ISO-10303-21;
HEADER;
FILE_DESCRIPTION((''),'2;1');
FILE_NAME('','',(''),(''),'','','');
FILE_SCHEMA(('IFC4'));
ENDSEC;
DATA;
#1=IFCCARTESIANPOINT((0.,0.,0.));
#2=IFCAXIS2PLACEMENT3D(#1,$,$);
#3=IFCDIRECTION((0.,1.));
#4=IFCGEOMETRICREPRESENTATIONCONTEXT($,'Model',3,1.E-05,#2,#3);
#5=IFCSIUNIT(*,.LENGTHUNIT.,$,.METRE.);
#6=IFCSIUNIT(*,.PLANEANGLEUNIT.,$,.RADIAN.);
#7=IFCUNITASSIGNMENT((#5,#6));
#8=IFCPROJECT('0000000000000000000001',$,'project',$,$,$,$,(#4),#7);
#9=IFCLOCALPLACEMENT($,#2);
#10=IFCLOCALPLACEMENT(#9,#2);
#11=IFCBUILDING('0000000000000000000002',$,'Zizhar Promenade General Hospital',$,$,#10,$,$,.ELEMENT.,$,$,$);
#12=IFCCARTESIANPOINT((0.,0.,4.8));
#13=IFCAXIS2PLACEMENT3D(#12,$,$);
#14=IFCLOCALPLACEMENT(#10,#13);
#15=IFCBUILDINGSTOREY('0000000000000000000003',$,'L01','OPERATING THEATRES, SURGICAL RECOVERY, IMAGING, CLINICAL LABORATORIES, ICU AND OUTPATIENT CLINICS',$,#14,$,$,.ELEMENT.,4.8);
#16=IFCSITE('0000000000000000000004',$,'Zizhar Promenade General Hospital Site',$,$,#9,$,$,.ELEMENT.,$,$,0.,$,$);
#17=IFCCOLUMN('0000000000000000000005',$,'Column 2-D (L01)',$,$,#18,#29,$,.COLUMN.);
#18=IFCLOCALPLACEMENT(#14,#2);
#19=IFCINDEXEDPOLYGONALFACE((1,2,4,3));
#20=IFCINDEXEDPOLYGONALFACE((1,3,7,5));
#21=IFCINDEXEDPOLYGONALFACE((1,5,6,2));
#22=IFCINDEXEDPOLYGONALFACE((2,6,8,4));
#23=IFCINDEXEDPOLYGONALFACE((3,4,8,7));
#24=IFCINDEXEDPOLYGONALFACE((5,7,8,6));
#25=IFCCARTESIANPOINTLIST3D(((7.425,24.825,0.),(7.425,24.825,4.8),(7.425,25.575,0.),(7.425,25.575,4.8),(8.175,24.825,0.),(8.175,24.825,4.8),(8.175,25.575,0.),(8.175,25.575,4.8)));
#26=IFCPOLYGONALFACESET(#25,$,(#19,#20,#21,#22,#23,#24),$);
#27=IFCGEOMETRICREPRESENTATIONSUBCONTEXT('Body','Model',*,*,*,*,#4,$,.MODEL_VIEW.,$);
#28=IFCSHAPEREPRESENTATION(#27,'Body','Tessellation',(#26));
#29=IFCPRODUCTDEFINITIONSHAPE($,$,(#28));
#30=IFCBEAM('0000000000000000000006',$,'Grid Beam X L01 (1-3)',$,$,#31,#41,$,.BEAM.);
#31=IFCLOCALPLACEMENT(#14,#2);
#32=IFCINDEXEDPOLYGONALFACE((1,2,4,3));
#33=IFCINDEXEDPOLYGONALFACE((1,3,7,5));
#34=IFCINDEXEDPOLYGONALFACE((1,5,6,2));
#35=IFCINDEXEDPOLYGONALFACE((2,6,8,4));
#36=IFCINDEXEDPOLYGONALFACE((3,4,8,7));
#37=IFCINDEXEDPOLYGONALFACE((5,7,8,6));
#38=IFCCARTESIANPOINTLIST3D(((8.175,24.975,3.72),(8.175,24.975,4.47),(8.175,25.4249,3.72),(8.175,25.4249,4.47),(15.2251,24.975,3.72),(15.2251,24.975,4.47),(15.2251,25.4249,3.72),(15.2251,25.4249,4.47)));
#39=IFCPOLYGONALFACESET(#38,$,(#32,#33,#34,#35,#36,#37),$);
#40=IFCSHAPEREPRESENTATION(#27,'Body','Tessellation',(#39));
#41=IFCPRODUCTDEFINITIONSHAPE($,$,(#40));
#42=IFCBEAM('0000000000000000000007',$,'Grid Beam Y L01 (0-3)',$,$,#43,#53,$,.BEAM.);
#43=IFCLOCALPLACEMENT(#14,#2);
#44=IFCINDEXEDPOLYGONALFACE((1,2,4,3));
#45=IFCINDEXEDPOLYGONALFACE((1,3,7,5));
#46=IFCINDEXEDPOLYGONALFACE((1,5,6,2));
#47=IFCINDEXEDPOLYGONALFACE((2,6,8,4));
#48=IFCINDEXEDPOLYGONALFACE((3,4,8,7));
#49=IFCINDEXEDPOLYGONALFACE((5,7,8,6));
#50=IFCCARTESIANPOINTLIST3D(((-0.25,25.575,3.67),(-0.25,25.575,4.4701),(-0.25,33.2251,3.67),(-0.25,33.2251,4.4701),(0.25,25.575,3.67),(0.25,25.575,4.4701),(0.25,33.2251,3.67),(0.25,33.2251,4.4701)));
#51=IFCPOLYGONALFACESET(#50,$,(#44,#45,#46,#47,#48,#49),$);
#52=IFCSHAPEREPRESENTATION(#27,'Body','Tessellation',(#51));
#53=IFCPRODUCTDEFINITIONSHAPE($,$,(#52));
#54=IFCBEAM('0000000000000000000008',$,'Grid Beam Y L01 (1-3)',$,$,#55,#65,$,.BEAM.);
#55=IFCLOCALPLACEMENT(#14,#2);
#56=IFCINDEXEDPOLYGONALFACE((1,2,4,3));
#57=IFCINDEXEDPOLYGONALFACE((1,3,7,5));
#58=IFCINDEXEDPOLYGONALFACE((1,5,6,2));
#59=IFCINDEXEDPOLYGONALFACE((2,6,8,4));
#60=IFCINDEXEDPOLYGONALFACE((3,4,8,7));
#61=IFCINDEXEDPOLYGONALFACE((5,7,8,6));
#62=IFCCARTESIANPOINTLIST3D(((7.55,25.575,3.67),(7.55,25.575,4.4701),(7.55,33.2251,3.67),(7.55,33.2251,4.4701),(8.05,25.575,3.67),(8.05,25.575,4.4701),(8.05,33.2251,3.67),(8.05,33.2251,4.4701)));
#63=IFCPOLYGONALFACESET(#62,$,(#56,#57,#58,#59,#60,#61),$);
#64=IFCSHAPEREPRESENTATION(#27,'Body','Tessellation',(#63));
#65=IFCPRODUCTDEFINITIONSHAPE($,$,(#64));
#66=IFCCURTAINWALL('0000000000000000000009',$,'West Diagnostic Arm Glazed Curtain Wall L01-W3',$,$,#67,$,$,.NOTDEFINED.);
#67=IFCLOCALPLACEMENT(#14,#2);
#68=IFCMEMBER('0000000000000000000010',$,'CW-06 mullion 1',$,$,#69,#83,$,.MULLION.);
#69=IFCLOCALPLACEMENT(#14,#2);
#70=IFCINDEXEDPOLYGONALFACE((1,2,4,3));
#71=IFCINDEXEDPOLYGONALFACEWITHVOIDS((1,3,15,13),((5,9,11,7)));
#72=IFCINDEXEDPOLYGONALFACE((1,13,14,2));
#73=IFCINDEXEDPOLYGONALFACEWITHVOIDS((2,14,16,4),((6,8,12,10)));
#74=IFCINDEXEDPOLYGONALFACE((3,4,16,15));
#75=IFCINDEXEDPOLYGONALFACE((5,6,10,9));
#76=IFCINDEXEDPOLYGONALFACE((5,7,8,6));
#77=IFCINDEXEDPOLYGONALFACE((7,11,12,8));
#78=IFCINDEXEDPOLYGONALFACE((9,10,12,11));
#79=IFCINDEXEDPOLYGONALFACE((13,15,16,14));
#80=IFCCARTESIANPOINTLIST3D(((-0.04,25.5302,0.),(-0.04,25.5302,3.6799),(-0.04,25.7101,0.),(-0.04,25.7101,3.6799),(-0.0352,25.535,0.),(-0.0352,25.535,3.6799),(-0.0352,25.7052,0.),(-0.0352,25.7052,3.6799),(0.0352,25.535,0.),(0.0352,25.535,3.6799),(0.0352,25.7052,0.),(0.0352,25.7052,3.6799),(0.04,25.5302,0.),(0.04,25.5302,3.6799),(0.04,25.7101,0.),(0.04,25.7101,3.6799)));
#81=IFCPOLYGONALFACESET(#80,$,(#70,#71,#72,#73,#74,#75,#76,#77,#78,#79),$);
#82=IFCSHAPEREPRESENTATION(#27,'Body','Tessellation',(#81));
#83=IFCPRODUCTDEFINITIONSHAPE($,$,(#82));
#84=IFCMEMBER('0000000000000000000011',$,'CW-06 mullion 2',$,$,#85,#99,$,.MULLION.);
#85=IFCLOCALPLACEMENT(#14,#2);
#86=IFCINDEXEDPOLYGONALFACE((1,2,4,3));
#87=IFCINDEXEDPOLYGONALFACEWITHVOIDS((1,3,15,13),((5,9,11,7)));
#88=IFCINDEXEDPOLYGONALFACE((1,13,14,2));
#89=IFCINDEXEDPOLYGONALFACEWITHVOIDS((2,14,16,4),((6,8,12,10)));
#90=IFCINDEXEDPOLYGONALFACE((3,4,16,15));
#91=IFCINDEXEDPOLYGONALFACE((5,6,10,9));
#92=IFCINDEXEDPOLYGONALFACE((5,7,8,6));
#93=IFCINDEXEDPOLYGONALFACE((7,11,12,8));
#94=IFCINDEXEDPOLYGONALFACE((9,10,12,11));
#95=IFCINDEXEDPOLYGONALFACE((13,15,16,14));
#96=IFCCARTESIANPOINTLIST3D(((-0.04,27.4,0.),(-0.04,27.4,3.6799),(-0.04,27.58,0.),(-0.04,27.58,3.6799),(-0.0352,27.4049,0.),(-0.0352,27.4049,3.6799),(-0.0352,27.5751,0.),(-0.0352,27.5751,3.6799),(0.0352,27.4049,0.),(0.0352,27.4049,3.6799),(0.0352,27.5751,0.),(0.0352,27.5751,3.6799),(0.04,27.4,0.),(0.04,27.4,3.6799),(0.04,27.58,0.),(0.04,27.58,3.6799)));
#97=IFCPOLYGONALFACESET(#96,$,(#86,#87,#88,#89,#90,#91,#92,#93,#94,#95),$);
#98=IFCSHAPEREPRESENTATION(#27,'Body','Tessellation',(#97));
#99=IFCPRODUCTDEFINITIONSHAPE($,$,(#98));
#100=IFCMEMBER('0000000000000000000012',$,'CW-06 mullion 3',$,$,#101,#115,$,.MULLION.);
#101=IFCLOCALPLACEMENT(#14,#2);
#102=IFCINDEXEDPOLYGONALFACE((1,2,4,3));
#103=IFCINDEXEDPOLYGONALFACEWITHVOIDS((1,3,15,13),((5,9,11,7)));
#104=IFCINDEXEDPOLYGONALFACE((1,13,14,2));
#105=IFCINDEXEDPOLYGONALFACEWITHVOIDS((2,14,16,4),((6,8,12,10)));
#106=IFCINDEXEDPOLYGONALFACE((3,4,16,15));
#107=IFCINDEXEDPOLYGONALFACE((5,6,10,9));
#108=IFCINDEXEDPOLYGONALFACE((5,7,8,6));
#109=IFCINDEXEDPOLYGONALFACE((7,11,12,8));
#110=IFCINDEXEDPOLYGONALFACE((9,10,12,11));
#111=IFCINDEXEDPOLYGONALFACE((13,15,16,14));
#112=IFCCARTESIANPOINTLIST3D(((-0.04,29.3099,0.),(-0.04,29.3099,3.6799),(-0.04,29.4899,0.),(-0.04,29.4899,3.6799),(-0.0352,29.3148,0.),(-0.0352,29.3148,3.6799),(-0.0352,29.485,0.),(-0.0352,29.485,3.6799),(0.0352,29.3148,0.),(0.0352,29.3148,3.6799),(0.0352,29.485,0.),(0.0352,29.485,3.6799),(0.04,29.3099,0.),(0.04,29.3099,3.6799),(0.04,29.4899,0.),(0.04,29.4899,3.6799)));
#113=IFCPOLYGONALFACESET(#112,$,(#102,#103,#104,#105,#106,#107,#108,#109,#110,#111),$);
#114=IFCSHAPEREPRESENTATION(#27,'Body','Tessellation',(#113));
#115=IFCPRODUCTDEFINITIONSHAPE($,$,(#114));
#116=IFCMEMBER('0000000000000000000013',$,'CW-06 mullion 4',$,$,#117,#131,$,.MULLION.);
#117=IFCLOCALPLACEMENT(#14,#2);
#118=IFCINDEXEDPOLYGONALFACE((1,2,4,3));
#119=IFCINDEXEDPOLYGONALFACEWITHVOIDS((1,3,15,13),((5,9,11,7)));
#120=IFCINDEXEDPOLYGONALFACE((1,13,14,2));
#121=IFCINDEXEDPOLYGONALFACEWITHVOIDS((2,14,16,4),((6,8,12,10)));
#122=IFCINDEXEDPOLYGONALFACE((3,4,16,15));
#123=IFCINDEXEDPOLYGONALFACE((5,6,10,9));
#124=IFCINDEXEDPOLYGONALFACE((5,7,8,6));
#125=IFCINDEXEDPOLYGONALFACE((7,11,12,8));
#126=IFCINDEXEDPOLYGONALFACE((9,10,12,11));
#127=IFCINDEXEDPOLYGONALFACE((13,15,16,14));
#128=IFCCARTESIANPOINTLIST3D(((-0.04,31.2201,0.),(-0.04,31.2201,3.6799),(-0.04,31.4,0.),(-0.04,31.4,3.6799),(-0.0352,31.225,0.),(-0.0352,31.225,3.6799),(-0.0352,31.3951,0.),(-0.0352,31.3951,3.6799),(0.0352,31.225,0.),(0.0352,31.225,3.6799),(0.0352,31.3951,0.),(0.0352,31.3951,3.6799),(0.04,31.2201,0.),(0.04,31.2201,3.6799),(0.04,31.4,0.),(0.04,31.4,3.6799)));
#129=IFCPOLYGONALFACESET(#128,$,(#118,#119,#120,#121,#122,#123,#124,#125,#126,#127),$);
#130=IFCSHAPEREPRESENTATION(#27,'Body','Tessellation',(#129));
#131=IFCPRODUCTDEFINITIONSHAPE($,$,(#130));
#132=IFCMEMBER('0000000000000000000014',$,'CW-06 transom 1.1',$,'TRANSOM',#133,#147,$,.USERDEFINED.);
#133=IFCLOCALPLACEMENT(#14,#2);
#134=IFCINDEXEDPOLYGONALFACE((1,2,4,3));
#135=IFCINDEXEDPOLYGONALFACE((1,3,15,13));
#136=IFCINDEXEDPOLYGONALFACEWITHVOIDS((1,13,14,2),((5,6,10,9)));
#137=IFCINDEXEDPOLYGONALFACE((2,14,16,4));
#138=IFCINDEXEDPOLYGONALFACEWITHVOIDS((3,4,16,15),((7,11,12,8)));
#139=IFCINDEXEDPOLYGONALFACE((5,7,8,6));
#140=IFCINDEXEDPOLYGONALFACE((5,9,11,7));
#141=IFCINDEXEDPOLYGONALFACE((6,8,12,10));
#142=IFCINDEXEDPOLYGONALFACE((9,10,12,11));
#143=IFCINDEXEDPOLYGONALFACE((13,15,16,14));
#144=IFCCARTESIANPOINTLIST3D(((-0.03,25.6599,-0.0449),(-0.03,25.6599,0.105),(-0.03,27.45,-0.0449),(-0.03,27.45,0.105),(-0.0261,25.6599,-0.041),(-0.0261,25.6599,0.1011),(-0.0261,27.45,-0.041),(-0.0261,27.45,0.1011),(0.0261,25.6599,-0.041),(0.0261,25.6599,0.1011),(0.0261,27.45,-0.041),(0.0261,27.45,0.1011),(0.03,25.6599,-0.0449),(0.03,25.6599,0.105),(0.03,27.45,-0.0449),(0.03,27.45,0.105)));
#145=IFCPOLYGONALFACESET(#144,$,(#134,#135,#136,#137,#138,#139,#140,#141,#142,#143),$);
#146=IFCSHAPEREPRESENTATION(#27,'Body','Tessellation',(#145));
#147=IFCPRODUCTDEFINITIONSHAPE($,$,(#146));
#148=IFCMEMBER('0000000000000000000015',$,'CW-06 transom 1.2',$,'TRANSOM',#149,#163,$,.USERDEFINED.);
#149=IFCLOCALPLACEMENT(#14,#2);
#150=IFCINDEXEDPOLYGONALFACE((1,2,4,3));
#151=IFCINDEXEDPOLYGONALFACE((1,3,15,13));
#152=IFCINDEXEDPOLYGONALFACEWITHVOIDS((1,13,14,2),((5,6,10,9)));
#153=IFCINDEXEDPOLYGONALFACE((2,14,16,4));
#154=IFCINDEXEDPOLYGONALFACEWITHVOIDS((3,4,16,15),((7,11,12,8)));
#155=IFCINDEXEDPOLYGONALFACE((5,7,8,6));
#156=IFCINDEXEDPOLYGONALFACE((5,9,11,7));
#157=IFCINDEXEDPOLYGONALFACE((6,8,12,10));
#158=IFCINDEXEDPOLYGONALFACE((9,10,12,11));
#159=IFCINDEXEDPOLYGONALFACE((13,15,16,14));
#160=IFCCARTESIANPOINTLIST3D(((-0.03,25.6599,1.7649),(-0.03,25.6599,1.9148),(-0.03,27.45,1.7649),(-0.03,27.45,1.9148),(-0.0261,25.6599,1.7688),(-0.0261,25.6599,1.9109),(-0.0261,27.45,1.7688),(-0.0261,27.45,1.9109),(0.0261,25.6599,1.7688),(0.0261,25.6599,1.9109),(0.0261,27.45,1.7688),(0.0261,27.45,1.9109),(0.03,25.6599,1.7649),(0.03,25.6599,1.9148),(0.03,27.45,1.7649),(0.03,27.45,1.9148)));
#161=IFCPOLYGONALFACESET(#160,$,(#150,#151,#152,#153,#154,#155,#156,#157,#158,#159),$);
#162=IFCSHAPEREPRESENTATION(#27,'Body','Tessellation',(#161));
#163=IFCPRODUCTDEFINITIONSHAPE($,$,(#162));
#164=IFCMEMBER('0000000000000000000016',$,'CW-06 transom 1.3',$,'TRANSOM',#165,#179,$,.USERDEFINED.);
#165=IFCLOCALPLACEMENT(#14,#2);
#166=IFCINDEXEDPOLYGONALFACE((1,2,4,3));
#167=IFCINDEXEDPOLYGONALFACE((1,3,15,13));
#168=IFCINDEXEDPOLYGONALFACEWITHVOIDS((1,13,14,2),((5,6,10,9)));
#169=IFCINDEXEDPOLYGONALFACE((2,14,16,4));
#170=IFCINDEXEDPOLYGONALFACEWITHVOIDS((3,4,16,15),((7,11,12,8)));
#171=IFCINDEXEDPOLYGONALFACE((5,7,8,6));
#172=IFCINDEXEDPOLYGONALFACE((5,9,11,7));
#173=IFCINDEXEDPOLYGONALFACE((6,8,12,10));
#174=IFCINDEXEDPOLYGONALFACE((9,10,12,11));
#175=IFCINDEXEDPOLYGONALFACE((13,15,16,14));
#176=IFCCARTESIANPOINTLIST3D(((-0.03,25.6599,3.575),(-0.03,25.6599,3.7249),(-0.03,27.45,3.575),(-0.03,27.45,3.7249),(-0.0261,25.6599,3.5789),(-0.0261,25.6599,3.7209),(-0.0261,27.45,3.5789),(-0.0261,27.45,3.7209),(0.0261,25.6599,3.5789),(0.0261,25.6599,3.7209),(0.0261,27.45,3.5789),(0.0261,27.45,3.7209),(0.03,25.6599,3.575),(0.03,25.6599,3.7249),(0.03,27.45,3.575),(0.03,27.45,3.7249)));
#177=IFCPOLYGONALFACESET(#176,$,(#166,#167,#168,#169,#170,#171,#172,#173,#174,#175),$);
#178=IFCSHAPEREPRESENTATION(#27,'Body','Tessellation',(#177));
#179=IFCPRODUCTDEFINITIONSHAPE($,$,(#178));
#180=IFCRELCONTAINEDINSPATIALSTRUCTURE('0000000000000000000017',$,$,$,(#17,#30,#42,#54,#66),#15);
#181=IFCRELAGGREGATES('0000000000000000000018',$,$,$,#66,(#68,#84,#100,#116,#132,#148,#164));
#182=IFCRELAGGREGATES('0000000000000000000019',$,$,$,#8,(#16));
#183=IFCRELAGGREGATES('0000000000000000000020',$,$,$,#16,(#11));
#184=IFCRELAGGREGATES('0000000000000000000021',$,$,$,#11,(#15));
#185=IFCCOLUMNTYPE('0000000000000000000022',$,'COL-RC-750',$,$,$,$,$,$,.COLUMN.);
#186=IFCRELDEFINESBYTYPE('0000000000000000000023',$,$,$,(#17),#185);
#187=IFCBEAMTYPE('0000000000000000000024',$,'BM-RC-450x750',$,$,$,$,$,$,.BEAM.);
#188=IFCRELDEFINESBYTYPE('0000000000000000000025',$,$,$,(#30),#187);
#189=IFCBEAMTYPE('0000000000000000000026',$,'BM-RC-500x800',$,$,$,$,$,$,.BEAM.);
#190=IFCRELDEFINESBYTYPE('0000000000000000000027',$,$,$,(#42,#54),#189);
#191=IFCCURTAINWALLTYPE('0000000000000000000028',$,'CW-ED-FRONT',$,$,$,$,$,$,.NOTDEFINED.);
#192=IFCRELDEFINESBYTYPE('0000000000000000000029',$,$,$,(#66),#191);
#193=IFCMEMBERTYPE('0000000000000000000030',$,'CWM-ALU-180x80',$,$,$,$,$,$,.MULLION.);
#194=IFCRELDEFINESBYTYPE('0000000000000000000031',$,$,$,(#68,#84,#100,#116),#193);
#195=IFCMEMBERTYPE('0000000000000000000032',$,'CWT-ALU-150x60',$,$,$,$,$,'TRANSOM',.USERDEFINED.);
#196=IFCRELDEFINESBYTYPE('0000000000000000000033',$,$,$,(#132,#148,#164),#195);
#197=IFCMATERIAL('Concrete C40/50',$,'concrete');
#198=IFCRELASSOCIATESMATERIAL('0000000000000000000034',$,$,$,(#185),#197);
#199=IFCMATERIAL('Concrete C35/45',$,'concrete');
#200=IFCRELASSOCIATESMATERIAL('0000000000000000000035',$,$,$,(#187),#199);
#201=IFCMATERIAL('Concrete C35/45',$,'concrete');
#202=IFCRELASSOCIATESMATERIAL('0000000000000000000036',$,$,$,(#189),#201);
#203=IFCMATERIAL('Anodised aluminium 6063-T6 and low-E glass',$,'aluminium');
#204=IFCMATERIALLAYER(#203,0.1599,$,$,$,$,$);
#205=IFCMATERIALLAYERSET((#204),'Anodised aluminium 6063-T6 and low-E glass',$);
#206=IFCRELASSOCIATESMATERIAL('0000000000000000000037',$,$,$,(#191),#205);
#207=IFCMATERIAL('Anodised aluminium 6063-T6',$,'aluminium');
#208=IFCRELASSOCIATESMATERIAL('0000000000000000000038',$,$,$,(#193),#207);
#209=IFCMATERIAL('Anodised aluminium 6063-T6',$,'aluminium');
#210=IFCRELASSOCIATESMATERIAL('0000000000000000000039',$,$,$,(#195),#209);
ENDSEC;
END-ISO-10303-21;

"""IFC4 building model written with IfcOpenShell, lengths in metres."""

from ifc_helpers import new_model, si_unit, direction, frame, origin, origin_2d, place, context, subcontext, project, spatial, rectangle, hollow_rectangle, extrude, material, layer, layer_set, material_profile, profile_set, type_object, element, aggregate, save


model = new_model("IFC4")

# Units and contexts
model_context = context("Model", 3, precision=1e-05, world=origin(), true_north=direction((0.0, 1.0)))
body_context = subcontext(model_context, "Body", "Model", "MODEL_VIEW")
ifc_project = project(units=[si_unit("LENGTHUNIT", "METRE"), si_unit("PLANEANGLEUNIT", "RADIAN")], contexts=[model_context])

# Site, building, storey
site_placement = place(None, origin())
site = spatial("IfcSite", under=ifc_project, at=site_placement, Name="Zizhar Promenade General Hospital Site", CompositionType="ELEMENT", RefElevation=0.0)
building_placement = place(site_placement, origin())
building = spatial("IfcBuilding", under=site, at=building_placement, Name="Zizhar Promenade General Hospital", CompositionType="ELEMENT")
storey_placement = place(building_placement, frame((0.0, 0.0, 4.8)))
storey = spatial("IfcBuildingStorey", under=building, at=storey_placement, Name="L01", Description="OPERATING THEATRES, SURGICAL RECOVERY, IMAGING, CLINICAL LABORATORIES, ICU AND OUTPATIENT CLINICS", CompositionType="ELEMENT", Elevation=4.8)

# Column
ifc_material_1 = material(Name="Concrete C40/50", Category="concrete")
ifc_material_profile_1 = material_profile(ifc_material_1, rectangle(XDim=0.75, YDim=0.75, at=origin_2d()))
ifc_profile_set_1 = profile_set([ifc_material_profile_1], Name="Concrete C40/50")
column_type = type_object("IfcColumnType", Name="COL-RC-750", PredefinedType="COLUMN", material=ifc_profile_set_1)
column_placement = place(storey_placement, frame((7.8, 25.2, 0.0), z_axis=(0.0, 0.0, 1.0), x_axis=(1.0, 0.0, 0.0)))
element("IfcColumn", 1, at=column_placement, inside=storey, type_object=column_type, Name="Column 2-D (L01)", PredefinedType="COLUMN", context=body_context, shape_type="SweptSolid", body=[
    extrude(rectangle(XDim=0.75, YDim=0.75, at=origin_2d()), origin(), (0.0, 0.0, 1.0), 4.8),
])

# Beams
ifc_material_2 = material(Name="Concrete C35/45", Category="concrete")
ifc_material_profile_2 = material_profile(ifc_material_2, rectangle(XDim=0.45, YDim=0.75, at=origin_2d()))
ifc_profile_set_2 = profile_set([ifc_material_profile_2], Name="Concrete C35/45")
beam_type_1 = type_object("IfcBeamType", Name="BM-RC-450x750", PredefinedType="BEAM", material=ifc_profile_set_2)
beam_placement = place(storey_placement, frame((8.175, 25.2, 4.095), z_axis=(1.0, 0.0, 0.0), x_axis=(0.0, 1.0, 0.0)))
element("IfcBeam", 2, at=beam_placement, inside=storey, type_object=beam_type_1, Name="Grid Beam X L01 (1-3)", PredefinedType="BEAM", context=body_context, shape_type="SweptSolid", body=[
    extrude(rectangle(XDim=0.45, YDim=0.75, at=origin_2d()), origin(), (0.0, 0.0, 1.0), 7.05),
])
ifc_material_3 = material(Name="Concrete C35/45", Category="concrete")
ifc_material_profile_3 = material_profile(ifc_material_3, rectangle(XDim=0.5, YDim=0.8, at=origin_2d()))
ifc_profile_set_3 = profile_set([ifc_material_profile_3], Name="Concrete C35/45")
beam_type_2 = type_object("IfcBeamType", Name="BM-RC-500x800", PredefinedType="BEAM", material=ifc_profile_set_3)
for number, where, z_axis, x_axis, name in (
    (3, (0.0, 25.575, 4.0701), (0.0, 1.0, 0.0), (-1.0, 0.0, 0.0), "Grid Beam Y L01 (0-3)"),
    (4, (7.8, 25.575, 4.0701), (0.0, 1.0, 0.0), (-1.0, 0.0, 0.0), "Grid Beam Y L01 (1-3)"),
):
    element("IfcBeam", number, at=place(storey_placement, frame(where, z_axis=z_axis, x_axis=x_axis)), inside=storey, type_object=beam_type_2, Name=name, PredefinedType="BEAM", context=body_context, shape_type="SweptSolid", body=[
        extrude(rectangle(XDim=0.5, YDim=0.8, at=origin_2d()), origin(), (0.0, 0.0, 1.0), 7.6501),
    ])

# Curtain wall, members
ifc_material_4 = material(Name="Anodised aluminium 6063-T6 and low-E glass", Category="aluminium")
ifc_layer_1 = layer(ifc_material_4, 0.1599)
ifc_layer_set_1 = layer_set([ifc_layer_1], Name="Anodised aluminium 6063-T6 and low-E glass")
curtain_wall_type = type_object("IfcCurtainWallType", Name="CW-ED-FRONT", PredefinedType="NOTDEFINED", material=ifc_layer_set_1)
curtain_wall_placement = place(storey_placement, origin())
curtain_wall = element("IfcCurtainWall", 5, at=curtain_wall_placement, inside=storey, type_object=curtain_wall_type, Name="West Diagnostic Arm Glazed Curtain Wall L01-W3", PredefinedType="NOTDEFINED")
ifc_material_5 = material(Name="Anodised aluminium 6063-T6", Category="aluminium")
ifc_material_profile_4 = material_profile(ifc_material_5, hollow_rectangle(XDim=0.0801, YDim=0.1799, WallThickness=0.0049, at=origin_2d()))
ifc_profile_set_4 = profile_set([ifc_material_profile_4], Name="Anodised aluminium 6063-T6")
member_type_1 = type_object("IfcMemberType", Name="CWM-ALU-180x80", PredefinedType="MULLION", material=ifc_profile_set_4)
member_1_placement = place(storey_placement, frame((0.0, 25.6201, 0.0), z_axis=(0.0, 0.0, 1.0), x_axis=(-1.0, 0.0, 0.0)))
member_1 = element("IfcMember", 6, at=member_1_placement, type_object=member_type_1, Name="CW-06 mullion 1", PredefinedType="MULLION", context=body_context, shape_type="SweptSolid", body=[
    extrude(hollow_rectangle(XDim=0.0801, YDim=0.1799, WallThickness=0.0049, at=origin_2d()), origin(), (0.0, 0.0, 1.0), 3.6799),
])
member_2_placement = place(storey_placement, frame((0.0, 27.49, 0.0), z_axis=(0.0, 0.0, 1.0), x_axis=(-1.0, 0.0, 0.0)))
member_2 = element("IfcMember", 7, at=member_2_placement, type_object=member_type_1, Name="CW-06 mullion 2", PredefinedType="MULLION", context=body_context, shape_type="SweptSolid", body=[
    extrude(hollow_rectangle(XDim=0.0801, YDim=0.1799, WallThickness=0.0049, at=origin_2d()), origin(), (0.0, 0.0, 1.0), 3.6799),
])
member_3_placement = place(storey_placement, frame((0.0, 29.3999, 0.0), z_axis=(0.0, 0.0, 1.0), x_axis=(-1.0, 0.0, 0.0)))
member_3 = element("IfcMember", 8, at=member_3_placement, type_object=member_type_1, Name="CW-06 mullion 3", PredefinedType="MULLION", context=body_context, shape_type="SweptSolid", body=[
    extrude(hollow_rectangle(XDim=0.0801, YDim=0.1799, WallThickness=0.0049, at=origin_2d()), origin(), (0.0, 0.0, 1.0), 3.6799),
])
member_4_placement = place(storey_placement, frame((0.0, 31.3101, 0.0), z_axis=(0.0, 0.0, 1.0), x_axis=(-1.0, 0.0, 0.0)))
member_4 = element("IfcMember", 9, at=member_4_placement, type_object=member_type_1, Name="CW-06 mullion 4", PredefinedType="MULLION", context=body_context, shape_type="SweptSolid", body=[
    extrude(hollow_rectangle(XDim=0.0801, YDim=0.1799, WallThickness=0.0049, at=origin_2d()), origin(), (0.0, 0.0, 1.0), 3.6799),
])
ifc_material_6 = material(Name="Anodised aluminium 6063-T6", Category="aluminium")
ifc_material_profile_5 = material_profile(ifc_material_6, hollow_rectangle(XDim=0.0601, YDim=0.1499, WallThickness=0.0039, at=origin_2d()))
ifc_profile_set_5 = profile_set([ifc_material_profile_5], Name="Anodised aluminium 6063-T6")
member_type_2 = type_object("IfcMemberType", Name="CWT-ALU-150x60", ElementType="TRANSOM", PredefinedType="USERDEFINED", material=ifc_profile_set_5)
member_5_placement = place(storey_placement, frame((0.0, 25.6599, 0.03), z_axis=(0.0, 1.0, 0.0), x_axis=(-1.0, 0.0, 0.0)))
member_5 = element("IfcMember", 10, at=member_5_placement, type_object=member_type_2, Name="CW-06 transom 1.1", ObjectType="TRANSOM", PredefinedType="USERDEFINED", context=body_context, shape_type="SweptSolid", body=[
    extrude(hollow_rectangle(XDim=0.0601, YDim=0.1499, WallThickness=0.0039, at=origin_2d()), origin(), (0.0, 0.0, 1.0), 1.79),
])
member_6_placement = place(storey_placement, frame((0.0, 25.6599, 1.8398), z_axis=(0.0, 1.0, 0.0), x_axis=(-1.0, 0.0, 0.0)))
member_6 = element("IfcMember", 11, at=member_6_placement, type_object=member_type_2, Name="CW-06 transom 1.2", ObjectType="TRANSOM", PredefinedType="USERDEFINED", context=body_context, shape_type="SweptSolid", body=[
    extrude(hollow_rectangle(XDim=0.0601, YDim=0.1499, WallThickness=0.0039, at=origin_2d()), origin(), (0.0, 0.0, 1.0), 1.79),
])
member_7_placement = place(storey_placement, frame((0.0, 25.6599, 3.6499), z_axis=(0.0, 1.0, 0.0), x_axis=(-1.0, 0.0, 0.0)))
member_7 = element("IfcMember", 12, at=member_7_placement, type_object=member_type_2, Name="CW-06 transom 1.3", ObjectType="TRANSOM", PredefinedType="USERDEFINED", context=body_context, shape_type="SweptSolid", body=[
    extrude(hollow_rectangle(XDim=0.0601, YDim=0.1499, WallThickness=0.0039, at=origin_2d()), origin(), (0.0, 0.0, 1.0), 1.79),
])
aggregate(curtain_wall, [member_1, member_2, member_3, member_4, member_5, member_6, member_7])

save(model, "model.ifc")
